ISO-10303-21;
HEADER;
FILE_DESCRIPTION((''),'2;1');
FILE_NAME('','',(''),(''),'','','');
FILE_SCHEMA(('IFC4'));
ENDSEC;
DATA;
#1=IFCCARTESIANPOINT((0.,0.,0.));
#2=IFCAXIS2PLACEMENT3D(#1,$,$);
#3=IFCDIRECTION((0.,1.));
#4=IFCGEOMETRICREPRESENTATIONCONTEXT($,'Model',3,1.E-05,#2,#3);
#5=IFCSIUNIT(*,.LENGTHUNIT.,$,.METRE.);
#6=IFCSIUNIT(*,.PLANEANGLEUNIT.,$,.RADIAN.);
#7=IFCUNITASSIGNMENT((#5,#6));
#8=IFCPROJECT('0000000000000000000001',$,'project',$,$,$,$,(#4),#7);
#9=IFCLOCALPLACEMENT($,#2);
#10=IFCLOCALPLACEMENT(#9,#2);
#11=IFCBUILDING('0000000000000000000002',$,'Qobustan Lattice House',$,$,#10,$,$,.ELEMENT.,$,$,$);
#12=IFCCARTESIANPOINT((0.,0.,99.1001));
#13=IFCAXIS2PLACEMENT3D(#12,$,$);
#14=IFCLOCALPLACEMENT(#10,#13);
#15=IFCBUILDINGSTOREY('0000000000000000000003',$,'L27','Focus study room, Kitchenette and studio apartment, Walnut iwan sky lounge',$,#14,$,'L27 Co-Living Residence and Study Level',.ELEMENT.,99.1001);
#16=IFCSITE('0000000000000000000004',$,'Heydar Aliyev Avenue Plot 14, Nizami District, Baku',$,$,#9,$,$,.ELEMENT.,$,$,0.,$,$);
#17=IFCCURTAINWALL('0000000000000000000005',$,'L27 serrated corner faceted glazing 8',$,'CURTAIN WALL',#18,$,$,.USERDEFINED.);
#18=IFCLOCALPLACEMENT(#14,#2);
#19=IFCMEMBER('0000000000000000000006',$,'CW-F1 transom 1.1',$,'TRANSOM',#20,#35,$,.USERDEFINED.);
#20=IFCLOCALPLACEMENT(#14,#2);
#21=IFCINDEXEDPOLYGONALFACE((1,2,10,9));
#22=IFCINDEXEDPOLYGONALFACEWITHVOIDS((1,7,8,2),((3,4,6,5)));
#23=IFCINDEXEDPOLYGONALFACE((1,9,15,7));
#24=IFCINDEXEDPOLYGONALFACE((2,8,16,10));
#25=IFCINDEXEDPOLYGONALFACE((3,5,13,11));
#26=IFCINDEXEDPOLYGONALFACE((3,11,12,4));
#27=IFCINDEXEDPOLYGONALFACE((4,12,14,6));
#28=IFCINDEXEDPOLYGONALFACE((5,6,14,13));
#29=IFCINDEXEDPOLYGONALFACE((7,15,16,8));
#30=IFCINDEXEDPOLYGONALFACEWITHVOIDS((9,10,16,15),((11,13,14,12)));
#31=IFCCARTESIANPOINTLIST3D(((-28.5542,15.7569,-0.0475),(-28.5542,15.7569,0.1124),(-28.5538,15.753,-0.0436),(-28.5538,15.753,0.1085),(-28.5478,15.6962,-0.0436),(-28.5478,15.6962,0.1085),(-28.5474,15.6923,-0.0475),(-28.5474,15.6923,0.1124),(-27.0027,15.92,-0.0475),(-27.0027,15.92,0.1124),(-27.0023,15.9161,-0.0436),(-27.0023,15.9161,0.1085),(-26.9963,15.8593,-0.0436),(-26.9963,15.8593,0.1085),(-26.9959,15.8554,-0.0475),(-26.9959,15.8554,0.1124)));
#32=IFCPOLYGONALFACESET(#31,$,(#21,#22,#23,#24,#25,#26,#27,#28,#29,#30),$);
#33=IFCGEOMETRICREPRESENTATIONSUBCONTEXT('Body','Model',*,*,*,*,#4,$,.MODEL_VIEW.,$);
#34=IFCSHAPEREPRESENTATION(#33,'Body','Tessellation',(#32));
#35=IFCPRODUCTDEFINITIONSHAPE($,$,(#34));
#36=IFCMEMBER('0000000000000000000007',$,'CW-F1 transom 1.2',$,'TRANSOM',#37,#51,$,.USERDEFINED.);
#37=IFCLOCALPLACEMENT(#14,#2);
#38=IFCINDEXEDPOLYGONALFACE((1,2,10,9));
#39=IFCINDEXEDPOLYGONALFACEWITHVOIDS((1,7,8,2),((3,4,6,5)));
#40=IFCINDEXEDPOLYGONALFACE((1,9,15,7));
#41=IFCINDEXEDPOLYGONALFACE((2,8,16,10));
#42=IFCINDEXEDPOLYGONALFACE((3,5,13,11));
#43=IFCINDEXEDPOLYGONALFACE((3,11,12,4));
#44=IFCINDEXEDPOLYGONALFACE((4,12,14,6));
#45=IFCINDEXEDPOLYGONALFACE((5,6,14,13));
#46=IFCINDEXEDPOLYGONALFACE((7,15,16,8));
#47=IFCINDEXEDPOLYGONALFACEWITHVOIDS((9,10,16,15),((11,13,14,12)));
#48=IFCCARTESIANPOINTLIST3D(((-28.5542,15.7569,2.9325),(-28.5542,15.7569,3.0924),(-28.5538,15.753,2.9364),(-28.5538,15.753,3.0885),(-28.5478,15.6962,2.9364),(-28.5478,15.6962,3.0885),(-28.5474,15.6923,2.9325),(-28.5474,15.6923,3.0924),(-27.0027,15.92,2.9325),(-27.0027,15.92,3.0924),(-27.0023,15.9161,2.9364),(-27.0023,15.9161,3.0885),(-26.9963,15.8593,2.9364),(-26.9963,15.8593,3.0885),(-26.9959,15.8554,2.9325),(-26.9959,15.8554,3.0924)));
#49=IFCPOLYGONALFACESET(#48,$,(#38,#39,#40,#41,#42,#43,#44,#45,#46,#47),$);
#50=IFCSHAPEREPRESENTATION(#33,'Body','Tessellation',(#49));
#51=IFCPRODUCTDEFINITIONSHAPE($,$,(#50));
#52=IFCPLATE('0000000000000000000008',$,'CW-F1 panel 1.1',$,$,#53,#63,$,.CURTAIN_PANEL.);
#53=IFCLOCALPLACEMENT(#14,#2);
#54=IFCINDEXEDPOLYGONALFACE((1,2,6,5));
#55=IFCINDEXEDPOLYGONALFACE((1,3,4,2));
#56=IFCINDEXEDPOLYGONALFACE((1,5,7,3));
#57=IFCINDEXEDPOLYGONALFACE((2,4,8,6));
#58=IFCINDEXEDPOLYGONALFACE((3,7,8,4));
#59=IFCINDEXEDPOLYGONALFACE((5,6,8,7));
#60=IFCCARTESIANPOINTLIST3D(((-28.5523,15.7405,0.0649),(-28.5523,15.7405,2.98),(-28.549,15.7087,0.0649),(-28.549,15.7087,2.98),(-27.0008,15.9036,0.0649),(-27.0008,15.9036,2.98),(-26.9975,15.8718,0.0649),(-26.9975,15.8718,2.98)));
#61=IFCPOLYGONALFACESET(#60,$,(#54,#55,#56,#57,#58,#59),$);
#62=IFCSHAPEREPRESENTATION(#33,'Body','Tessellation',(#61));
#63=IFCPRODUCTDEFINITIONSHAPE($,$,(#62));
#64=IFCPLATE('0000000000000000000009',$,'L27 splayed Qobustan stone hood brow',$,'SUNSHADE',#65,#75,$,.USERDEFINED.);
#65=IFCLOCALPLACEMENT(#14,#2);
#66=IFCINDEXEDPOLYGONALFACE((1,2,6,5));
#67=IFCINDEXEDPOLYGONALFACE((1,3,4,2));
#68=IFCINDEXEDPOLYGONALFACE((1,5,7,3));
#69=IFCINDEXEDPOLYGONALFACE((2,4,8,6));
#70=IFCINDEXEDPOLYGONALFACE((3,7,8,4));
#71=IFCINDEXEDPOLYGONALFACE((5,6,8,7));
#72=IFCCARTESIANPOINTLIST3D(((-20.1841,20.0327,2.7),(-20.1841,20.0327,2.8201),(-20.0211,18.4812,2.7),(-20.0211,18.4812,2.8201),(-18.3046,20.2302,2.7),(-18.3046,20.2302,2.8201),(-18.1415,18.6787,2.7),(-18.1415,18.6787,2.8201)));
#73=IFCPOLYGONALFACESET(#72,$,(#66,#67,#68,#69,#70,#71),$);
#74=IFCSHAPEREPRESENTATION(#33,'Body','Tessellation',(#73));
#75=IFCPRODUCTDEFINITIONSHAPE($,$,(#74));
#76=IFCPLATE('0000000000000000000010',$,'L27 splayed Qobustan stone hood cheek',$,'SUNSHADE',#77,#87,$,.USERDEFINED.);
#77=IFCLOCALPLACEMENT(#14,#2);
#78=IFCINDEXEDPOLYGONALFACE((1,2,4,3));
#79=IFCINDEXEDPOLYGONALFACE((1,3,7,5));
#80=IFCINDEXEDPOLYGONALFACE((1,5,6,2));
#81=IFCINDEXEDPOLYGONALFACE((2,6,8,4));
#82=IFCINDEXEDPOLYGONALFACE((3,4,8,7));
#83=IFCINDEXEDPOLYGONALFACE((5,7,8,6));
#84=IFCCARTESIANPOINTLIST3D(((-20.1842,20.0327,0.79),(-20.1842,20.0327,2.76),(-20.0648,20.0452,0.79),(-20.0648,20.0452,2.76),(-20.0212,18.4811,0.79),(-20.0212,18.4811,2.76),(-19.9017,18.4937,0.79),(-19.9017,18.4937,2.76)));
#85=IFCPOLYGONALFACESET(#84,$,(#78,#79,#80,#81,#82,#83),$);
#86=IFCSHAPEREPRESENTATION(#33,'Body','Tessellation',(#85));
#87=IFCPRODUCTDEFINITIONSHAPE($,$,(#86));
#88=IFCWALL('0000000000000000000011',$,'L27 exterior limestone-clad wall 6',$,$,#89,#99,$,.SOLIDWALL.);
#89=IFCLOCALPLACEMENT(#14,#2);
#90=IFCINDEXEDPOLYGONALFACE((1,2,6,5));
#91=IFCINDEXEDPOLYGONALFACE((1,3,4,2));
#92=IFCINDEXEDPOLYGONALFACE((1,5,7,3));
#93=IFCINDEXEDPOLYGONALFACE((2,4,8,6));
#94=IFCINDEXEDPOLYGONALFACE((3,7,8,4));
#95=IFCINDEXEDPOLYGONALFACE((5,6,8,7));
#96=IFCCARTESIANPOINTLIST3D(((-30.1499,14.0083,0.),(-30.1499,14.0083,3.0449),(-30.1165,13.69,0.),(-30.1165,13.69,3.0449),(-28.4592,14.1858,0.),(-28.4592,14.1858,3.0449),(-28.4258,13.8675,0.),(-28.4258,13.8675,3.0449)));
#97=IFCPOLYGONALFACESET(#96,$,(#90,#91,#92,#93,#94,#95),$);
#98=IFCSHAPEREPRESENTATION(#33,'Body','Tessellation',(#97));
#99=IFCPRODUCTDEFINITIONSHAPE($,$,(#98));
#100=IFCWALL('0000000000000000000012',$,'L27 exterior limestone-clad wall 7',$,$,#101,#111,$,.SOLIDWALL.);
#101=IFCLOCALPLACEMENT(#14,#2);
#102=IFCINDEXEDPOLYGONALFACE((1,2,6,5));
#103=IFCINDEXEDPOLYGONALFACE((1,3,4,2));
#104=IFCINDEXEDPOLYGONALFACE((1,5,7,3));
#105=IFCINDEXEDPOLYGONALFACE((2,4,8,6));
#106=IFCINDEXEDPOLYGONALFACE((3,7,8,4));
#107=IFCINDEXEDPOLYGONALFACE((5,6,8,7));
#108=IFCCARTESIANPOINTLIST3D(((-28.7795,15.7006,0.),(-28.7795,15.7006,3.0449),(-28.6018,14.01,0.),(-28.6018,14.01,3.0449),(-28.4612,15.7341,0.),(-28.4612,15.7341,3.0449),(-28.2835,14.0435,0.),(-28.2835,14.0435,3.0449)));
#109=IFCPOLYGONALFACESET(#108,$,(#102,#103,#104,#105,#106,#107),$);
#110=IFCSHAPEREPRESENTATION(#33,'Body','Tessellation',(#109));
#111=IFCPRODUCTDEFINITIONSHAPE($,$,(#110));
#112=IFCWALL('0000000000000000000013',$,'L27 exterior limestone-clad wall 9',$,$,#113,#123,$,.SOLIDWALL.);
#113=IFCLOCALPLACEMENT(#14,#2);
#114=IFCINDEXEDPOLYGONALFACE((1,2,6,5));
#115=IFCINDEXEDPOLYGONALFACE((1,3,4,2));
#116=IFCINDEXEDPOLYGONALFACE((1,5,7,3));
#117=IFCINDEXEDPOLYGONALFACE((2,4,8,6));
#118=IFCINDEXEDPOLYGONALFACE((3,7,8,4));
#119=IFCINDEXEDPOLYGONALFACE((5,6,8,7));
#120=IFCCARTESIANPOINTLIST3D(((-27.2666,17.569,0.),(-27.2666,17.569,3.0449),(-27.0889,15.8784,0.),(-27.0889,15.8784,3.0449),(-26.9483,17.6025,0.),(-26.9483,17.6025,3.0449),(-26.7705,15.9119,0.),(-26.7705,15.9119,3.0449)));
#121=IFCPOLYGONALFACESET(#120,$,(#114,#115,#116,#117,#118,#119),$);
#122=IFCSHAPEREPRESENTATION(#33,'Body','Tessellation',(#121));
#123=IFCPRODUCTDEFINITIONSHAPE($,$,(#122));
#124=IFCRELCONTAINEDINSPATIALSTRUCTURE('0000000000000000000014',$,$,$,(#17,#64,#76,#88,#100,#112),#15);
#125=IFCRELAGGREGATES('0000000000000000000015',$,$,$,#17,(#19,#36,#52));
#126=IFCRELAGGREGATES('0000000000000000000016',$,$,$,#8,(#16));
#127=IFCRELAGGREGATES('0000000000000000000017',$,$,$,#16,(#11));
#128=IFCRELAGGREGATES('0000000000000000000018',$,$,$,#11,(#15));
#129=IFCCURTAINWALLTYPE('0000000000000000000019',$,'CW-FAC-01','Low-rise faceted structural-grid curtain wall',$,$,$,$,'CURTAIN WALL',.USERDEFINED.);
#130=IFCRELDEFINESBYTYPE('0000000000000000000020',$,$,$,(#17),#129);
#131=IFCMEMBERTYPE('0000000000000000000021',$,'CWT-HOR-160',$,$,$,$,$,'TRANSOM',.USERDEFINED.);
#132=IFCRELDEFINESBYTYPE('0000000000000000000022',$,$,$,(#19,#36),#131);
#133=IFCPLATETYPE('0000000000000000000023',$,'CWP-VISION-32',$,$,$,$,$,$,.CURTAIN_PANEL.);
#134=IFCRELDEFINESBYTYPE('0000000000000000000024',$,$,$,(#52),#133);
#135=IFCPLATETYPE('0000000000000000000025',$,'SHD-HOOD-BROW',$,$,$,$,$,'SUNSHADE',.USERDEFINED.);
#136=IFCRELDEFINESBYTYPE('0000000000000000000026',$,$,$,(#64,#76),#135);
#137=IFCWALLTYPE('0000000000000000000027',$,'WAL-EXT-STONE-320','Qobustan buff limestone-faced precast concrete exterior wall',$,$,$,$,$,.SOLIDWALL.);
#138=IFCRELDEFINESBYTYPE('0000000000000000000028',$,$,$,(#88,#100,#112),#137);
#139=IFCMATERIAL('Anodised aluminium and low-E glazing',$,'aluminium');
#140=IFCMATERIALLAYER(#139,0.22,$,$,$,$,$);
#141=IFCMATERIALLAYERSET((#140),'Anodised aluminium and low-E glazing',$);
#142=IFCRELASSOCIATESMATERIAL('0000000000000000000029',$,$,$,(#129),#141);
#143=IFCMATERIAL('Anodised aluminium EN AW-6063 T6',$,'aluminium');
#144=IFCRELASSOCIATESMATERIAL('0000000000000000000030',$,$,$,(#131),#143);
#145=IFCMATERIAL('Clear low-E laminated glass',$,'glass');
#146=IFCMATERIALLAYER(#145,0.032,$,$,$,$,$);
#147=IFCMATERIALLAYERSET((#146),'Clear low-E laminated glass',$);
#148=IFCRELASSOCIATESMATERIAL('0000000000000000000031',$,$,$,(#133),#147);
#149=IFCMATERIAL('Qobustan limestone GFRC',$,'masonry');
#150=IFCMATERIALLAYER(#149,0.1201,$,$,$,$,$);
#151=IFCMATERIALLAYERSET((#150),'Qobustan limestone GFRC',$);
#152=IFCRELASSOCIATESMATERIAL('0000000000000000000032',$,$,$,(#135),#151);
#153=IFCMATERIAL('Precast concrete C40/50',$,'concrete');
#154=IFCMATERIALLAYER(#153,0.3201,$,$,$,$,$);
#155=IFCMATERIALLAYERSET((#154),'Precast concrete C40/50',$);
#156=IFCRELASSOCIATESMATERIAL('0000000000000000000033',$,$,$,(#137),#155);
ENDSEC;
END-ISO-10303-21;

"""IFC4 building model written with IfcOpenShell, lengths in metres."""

from ifc_helpers import new_model, si_unit, direction, frame, frame_2d, origin, origin_2d, place, context, subcontext, project, spatial, rectangle, hollow_rectangle, extrude, material, layer, layer_set, material_profile, profile_set, type_object, element, aggregate, save


model = new_model("IFC4")

# Units and contexts
model_context = context("Model", 3, precision=1e-05, world=origin(), true_north=direction((0.0, 1.0)))
body_context = subcontext(model_context, "Body", "Model", "MODEL_VIEW")
ifc_project = project(units=[si_unit("LENGTHUNIT", "METRE"), si_unit("PLANEANGLEUNIT", "RADIAN")], contexts=[model_context])

# Site, building, storey
site_placement = place(None, origin())
site = spatial("IfcSite", under=ifc_project, at=site_placement, Name="Heydar Aliyev Avenue Plot 14, Nizami District, Baku", CompositionType="ELEMENT", RefElevation=0.0)
building_placement = place(site_placement, origin())
building = spatial("IfcBuilding", under=site, at=building_placement, Name="Qobustan Lattice House", CompositionType="ELEMENT")
storey_placement = place(building_placement, frame((0.0, 0.0, 99.1001)))
storey = spatial("IfcBuildingStorey", under=building, at=storey_placement, Name="L27", Description="Focus study room, Kitchenette and studio apartment, Walnut iwan sky lounge", LongName="L27 Co-Living Residence and Study Level", CompositionType="ELEMENT", Elevation=99.1001)

# Curtain wall, members, plate
ifc_material_1 = material(Name="Anodised aluminium and low-E glazing", Category="aluminium")
ifc_layer_1 = layer(ifc_material_1, 0.22)
ifc_layer_set_1 = layer_set([ifc_layer_1], Name="Anodised aluminium and low-E glazing")
curtain_wall_type = type_object("IfcCurtainWallType", Name="CW-FAC-01", Description="Low-rise faceted structural-grid curtain wall", ElementType="CURTAIN WALL", PredefinedType="USERDEFINED", material=ifc_layer_set_1)
curtain_wall_placement = place(storey_placement, origin())
curtain_wall = element("IfcCurtainWall", 1, at=curtain_wall_placement, inside=storey, type_object=curtain_wall_type, Name="L27 serrated corner faceted glazing 8", ObjectType="CURTAIN WALL", PredefinedType="USERDEFINED")
ifc_material_2 = material(Name="Anodised aluminium EN AW-6063 T6", Category="aluminium")
ifc_material_profile_1 = material_profile(ifc_material_2, hollow_rectangle(XDim=0.0649, YDim=0.1599, WallThickness=0.0039, at=origin_2d()), Name="CWT-160x65")
ifc_profile_set_1 = profile_set([ifc_material_profile_1], Name="Anodised aluminium EN AW-6063 T6")
member_type_1 = type_object("IfcMemberType", Name="CWT-HOR-160", ElementType="TRANSOM", PredefinedType="USERDEFINED", material=ifc_profile_set_1)
member_1_placement = place(storey_placement, frame((-28.5508, 15.7246, 0.0325), z_axis=(0.994521, 0.104538, 0.0), x_axis=(-0.104538, 0.994521, 0.0)))
member_1 = element("IfcMember", 2, at=member_1_placement, type_object=member_type_1, Name="CW-F1 transom 1.1", ObjectType="TRANSOM", PredefinedType="USERDEFINED", context=body_context, shape_type="SweptSolid", body=[
    extrude(hollow_rectangle(XDim=0.0649, YDim=0.1599, WallThickness=0.0039, at=origin_2d()), origin(), (0.0, 0.0, 1.0), 1.5601),
])
member_2_placement = place(storey_placement, frame((-28.5508, 15.7246, 3.0125), z_axis=(0.994521, 0.104538, 0.0), x_axis=(-0.104538, 0.994521, 0.0)))
member_2 = element("IfcMember", 3, at=member_2_placement, type_object=member_type_1, Name="CW-F1 transom 1.2", ObjectType="TRANSOM", PredefinedType="USERDEFINED", context=body_context, shape_type="SweptSolid", body=[
    extrude(hollow_rectangle(XDim=0.0649, YDim=0.1599, WallThickness=0.0039, at=origin_2d()), origin(), (0.0, 0.0, 1.0), 1.5601),
])
ifc_material_3 = material(Name="Clear low-E laminated glass", Category="glass")
ifc_layer_2 = layer(ifc_material_3, 0.032)
ifc_layer_set_2 = layer_set([ifc_layer_2], Name="Clear low-E laminated glass")
plate_type_1 = type_object("IfcPlateType", Name="CWP-VISION-32", PredefinedType="CURTAIN_PANEL", material=ifc_layer_set_2)
plate_1_placement = place(storey_placement, frame((-27.7749, 15.8062, 0.0649), z_axis=(0.0, 0.0, 1.0), x_axis=(0.994522, 0.104529, 0.0)))
plate_1 = element("IfcPlate", 4, at=plate_1_placement, type_object=plate_type_1, Name="CW-F1 panel 1.1", PredefinedType="CURTAIN_PANEL", context=body_context, shape_type="SweptSolid", body=[
    extrude(rectangle(XDim=1.5601, YDim=0.032, at=origin_2d()), origin(), (0.0, 0.0, 1.0), 2.915),
])
aggregate(curtain_wall, [member_1, member_2, plate_1])

# Plates
ifc_material_4 = material(Name="Qobustan limestone GFRC", Category="masonry")
ifc_layer_3 = layer(ifc_material_4, 0.1201)
ifc_layer_set_3 = layer_set([ifc_layer_3], Name="Qobustan limestone GFRC")
plate_type_2 = type_object("IfcPlateType", Name="SHD-HOOD-BROW", ElementType="SUNSHADE", PredefinedType="USERDEFINED", material=ifc_layer_set_3)
plate_2_placement = place(storey_placement, frame((-19.1628, 19.3557, 2.7), z_axis=(0.0, 0.0, 1.0), x_axis=(0.994522, 0.104528, 0.0)))
element("IfcPlate", 5, at=plate_2_placement, inside=storey, type_object=plate_type_2, Name="L27 splayed Qobustan stone hood brow", ObjectType="SUNSHADE", PredefinedType="USERDEFINED", context=body_context, shape_type="SweptSolid", body=[
    extrude(rectangle(XDim=1.8899, YDim=1.5601, at=origin_2d()), origin(), (0.0, 0.0, 1.0), 0.1201),
])
plate_3_placement = place(storey_placement, frame((-20.043, 19.2632, 0.79), z_axis=(0.0, 0.0, 1.0), x_axis=(0.994522, 0.104528, 0.0)))
element("IfcPlate", 6, at=plate_3_placement, inside=storey, type_object=plate_type_2, Name="L27 splayed Qobustan stone hood cheek", ObjectType="SUNSHADE", PredefinedType="USERDEFINED", context=body_context, shape_type="SweptSolid", body=[
    extrude(rectangle(XDim=0.1201, YDim=1.5601, at=origin_2d()), origin(), (0.0, 0.0, 1.0), 1.97),
])

# Walls
ifc_material_5 = material(Name="Precast concrete C40/50", Category="concrete")
ifc_layer_4 = layer(ifc_material_5, 0.3201)
ifc_layer_set_4 = layer_set([ifc_layer_4], Name="Precast concrete C40/50")
wall_type = type_object("IfcWallType", Name="WAL-EXT-STONE-320", Description="Qobustan buff limestone-faced precast concrete exterior wall", PredefinedType="SOLIDWALL", material=ifc_layer_set_4)
for number, where, z_axis, x_axis, name in (
    (7, (-30.1333, 13.8491, 0.0), (0.0, 0.0, 1.0), (0.994535, 0.104408, 0.0), "L27 exterior limestone-clad wall 6"),
    (8, (-28.4426, 14.0266, 0.0), (0.0, 0.0, 1.0), (-0.10455, 0.99452, 0.0), "L27 exterior limestone-clad wall 7"),
    (9, (-26.9297, 15.895, 0.0), (0.0, 0.0, 1.0), (-0.10455, 0.99452, 0.0), "L27 exterior limestone-clad wall 9"),
):
    element("IfcWall", number, at=place(storey_placement, frame(where, z_axis=z_axis, x_axis=x_axis)), inside=storey, type_object=wall_type, Name=name, PredefinedType="SOLIDWALL", context=body_context, shape_type="SweptSolid", body=[
        extrude(rectangle(XDim=1.7, YDim=0.3201, at=frame_2d((0.8501, 0.0))), origin(), (0.0, 0.0, 1.0), 3.0449),
    ])

save(model, "model.ifc")
